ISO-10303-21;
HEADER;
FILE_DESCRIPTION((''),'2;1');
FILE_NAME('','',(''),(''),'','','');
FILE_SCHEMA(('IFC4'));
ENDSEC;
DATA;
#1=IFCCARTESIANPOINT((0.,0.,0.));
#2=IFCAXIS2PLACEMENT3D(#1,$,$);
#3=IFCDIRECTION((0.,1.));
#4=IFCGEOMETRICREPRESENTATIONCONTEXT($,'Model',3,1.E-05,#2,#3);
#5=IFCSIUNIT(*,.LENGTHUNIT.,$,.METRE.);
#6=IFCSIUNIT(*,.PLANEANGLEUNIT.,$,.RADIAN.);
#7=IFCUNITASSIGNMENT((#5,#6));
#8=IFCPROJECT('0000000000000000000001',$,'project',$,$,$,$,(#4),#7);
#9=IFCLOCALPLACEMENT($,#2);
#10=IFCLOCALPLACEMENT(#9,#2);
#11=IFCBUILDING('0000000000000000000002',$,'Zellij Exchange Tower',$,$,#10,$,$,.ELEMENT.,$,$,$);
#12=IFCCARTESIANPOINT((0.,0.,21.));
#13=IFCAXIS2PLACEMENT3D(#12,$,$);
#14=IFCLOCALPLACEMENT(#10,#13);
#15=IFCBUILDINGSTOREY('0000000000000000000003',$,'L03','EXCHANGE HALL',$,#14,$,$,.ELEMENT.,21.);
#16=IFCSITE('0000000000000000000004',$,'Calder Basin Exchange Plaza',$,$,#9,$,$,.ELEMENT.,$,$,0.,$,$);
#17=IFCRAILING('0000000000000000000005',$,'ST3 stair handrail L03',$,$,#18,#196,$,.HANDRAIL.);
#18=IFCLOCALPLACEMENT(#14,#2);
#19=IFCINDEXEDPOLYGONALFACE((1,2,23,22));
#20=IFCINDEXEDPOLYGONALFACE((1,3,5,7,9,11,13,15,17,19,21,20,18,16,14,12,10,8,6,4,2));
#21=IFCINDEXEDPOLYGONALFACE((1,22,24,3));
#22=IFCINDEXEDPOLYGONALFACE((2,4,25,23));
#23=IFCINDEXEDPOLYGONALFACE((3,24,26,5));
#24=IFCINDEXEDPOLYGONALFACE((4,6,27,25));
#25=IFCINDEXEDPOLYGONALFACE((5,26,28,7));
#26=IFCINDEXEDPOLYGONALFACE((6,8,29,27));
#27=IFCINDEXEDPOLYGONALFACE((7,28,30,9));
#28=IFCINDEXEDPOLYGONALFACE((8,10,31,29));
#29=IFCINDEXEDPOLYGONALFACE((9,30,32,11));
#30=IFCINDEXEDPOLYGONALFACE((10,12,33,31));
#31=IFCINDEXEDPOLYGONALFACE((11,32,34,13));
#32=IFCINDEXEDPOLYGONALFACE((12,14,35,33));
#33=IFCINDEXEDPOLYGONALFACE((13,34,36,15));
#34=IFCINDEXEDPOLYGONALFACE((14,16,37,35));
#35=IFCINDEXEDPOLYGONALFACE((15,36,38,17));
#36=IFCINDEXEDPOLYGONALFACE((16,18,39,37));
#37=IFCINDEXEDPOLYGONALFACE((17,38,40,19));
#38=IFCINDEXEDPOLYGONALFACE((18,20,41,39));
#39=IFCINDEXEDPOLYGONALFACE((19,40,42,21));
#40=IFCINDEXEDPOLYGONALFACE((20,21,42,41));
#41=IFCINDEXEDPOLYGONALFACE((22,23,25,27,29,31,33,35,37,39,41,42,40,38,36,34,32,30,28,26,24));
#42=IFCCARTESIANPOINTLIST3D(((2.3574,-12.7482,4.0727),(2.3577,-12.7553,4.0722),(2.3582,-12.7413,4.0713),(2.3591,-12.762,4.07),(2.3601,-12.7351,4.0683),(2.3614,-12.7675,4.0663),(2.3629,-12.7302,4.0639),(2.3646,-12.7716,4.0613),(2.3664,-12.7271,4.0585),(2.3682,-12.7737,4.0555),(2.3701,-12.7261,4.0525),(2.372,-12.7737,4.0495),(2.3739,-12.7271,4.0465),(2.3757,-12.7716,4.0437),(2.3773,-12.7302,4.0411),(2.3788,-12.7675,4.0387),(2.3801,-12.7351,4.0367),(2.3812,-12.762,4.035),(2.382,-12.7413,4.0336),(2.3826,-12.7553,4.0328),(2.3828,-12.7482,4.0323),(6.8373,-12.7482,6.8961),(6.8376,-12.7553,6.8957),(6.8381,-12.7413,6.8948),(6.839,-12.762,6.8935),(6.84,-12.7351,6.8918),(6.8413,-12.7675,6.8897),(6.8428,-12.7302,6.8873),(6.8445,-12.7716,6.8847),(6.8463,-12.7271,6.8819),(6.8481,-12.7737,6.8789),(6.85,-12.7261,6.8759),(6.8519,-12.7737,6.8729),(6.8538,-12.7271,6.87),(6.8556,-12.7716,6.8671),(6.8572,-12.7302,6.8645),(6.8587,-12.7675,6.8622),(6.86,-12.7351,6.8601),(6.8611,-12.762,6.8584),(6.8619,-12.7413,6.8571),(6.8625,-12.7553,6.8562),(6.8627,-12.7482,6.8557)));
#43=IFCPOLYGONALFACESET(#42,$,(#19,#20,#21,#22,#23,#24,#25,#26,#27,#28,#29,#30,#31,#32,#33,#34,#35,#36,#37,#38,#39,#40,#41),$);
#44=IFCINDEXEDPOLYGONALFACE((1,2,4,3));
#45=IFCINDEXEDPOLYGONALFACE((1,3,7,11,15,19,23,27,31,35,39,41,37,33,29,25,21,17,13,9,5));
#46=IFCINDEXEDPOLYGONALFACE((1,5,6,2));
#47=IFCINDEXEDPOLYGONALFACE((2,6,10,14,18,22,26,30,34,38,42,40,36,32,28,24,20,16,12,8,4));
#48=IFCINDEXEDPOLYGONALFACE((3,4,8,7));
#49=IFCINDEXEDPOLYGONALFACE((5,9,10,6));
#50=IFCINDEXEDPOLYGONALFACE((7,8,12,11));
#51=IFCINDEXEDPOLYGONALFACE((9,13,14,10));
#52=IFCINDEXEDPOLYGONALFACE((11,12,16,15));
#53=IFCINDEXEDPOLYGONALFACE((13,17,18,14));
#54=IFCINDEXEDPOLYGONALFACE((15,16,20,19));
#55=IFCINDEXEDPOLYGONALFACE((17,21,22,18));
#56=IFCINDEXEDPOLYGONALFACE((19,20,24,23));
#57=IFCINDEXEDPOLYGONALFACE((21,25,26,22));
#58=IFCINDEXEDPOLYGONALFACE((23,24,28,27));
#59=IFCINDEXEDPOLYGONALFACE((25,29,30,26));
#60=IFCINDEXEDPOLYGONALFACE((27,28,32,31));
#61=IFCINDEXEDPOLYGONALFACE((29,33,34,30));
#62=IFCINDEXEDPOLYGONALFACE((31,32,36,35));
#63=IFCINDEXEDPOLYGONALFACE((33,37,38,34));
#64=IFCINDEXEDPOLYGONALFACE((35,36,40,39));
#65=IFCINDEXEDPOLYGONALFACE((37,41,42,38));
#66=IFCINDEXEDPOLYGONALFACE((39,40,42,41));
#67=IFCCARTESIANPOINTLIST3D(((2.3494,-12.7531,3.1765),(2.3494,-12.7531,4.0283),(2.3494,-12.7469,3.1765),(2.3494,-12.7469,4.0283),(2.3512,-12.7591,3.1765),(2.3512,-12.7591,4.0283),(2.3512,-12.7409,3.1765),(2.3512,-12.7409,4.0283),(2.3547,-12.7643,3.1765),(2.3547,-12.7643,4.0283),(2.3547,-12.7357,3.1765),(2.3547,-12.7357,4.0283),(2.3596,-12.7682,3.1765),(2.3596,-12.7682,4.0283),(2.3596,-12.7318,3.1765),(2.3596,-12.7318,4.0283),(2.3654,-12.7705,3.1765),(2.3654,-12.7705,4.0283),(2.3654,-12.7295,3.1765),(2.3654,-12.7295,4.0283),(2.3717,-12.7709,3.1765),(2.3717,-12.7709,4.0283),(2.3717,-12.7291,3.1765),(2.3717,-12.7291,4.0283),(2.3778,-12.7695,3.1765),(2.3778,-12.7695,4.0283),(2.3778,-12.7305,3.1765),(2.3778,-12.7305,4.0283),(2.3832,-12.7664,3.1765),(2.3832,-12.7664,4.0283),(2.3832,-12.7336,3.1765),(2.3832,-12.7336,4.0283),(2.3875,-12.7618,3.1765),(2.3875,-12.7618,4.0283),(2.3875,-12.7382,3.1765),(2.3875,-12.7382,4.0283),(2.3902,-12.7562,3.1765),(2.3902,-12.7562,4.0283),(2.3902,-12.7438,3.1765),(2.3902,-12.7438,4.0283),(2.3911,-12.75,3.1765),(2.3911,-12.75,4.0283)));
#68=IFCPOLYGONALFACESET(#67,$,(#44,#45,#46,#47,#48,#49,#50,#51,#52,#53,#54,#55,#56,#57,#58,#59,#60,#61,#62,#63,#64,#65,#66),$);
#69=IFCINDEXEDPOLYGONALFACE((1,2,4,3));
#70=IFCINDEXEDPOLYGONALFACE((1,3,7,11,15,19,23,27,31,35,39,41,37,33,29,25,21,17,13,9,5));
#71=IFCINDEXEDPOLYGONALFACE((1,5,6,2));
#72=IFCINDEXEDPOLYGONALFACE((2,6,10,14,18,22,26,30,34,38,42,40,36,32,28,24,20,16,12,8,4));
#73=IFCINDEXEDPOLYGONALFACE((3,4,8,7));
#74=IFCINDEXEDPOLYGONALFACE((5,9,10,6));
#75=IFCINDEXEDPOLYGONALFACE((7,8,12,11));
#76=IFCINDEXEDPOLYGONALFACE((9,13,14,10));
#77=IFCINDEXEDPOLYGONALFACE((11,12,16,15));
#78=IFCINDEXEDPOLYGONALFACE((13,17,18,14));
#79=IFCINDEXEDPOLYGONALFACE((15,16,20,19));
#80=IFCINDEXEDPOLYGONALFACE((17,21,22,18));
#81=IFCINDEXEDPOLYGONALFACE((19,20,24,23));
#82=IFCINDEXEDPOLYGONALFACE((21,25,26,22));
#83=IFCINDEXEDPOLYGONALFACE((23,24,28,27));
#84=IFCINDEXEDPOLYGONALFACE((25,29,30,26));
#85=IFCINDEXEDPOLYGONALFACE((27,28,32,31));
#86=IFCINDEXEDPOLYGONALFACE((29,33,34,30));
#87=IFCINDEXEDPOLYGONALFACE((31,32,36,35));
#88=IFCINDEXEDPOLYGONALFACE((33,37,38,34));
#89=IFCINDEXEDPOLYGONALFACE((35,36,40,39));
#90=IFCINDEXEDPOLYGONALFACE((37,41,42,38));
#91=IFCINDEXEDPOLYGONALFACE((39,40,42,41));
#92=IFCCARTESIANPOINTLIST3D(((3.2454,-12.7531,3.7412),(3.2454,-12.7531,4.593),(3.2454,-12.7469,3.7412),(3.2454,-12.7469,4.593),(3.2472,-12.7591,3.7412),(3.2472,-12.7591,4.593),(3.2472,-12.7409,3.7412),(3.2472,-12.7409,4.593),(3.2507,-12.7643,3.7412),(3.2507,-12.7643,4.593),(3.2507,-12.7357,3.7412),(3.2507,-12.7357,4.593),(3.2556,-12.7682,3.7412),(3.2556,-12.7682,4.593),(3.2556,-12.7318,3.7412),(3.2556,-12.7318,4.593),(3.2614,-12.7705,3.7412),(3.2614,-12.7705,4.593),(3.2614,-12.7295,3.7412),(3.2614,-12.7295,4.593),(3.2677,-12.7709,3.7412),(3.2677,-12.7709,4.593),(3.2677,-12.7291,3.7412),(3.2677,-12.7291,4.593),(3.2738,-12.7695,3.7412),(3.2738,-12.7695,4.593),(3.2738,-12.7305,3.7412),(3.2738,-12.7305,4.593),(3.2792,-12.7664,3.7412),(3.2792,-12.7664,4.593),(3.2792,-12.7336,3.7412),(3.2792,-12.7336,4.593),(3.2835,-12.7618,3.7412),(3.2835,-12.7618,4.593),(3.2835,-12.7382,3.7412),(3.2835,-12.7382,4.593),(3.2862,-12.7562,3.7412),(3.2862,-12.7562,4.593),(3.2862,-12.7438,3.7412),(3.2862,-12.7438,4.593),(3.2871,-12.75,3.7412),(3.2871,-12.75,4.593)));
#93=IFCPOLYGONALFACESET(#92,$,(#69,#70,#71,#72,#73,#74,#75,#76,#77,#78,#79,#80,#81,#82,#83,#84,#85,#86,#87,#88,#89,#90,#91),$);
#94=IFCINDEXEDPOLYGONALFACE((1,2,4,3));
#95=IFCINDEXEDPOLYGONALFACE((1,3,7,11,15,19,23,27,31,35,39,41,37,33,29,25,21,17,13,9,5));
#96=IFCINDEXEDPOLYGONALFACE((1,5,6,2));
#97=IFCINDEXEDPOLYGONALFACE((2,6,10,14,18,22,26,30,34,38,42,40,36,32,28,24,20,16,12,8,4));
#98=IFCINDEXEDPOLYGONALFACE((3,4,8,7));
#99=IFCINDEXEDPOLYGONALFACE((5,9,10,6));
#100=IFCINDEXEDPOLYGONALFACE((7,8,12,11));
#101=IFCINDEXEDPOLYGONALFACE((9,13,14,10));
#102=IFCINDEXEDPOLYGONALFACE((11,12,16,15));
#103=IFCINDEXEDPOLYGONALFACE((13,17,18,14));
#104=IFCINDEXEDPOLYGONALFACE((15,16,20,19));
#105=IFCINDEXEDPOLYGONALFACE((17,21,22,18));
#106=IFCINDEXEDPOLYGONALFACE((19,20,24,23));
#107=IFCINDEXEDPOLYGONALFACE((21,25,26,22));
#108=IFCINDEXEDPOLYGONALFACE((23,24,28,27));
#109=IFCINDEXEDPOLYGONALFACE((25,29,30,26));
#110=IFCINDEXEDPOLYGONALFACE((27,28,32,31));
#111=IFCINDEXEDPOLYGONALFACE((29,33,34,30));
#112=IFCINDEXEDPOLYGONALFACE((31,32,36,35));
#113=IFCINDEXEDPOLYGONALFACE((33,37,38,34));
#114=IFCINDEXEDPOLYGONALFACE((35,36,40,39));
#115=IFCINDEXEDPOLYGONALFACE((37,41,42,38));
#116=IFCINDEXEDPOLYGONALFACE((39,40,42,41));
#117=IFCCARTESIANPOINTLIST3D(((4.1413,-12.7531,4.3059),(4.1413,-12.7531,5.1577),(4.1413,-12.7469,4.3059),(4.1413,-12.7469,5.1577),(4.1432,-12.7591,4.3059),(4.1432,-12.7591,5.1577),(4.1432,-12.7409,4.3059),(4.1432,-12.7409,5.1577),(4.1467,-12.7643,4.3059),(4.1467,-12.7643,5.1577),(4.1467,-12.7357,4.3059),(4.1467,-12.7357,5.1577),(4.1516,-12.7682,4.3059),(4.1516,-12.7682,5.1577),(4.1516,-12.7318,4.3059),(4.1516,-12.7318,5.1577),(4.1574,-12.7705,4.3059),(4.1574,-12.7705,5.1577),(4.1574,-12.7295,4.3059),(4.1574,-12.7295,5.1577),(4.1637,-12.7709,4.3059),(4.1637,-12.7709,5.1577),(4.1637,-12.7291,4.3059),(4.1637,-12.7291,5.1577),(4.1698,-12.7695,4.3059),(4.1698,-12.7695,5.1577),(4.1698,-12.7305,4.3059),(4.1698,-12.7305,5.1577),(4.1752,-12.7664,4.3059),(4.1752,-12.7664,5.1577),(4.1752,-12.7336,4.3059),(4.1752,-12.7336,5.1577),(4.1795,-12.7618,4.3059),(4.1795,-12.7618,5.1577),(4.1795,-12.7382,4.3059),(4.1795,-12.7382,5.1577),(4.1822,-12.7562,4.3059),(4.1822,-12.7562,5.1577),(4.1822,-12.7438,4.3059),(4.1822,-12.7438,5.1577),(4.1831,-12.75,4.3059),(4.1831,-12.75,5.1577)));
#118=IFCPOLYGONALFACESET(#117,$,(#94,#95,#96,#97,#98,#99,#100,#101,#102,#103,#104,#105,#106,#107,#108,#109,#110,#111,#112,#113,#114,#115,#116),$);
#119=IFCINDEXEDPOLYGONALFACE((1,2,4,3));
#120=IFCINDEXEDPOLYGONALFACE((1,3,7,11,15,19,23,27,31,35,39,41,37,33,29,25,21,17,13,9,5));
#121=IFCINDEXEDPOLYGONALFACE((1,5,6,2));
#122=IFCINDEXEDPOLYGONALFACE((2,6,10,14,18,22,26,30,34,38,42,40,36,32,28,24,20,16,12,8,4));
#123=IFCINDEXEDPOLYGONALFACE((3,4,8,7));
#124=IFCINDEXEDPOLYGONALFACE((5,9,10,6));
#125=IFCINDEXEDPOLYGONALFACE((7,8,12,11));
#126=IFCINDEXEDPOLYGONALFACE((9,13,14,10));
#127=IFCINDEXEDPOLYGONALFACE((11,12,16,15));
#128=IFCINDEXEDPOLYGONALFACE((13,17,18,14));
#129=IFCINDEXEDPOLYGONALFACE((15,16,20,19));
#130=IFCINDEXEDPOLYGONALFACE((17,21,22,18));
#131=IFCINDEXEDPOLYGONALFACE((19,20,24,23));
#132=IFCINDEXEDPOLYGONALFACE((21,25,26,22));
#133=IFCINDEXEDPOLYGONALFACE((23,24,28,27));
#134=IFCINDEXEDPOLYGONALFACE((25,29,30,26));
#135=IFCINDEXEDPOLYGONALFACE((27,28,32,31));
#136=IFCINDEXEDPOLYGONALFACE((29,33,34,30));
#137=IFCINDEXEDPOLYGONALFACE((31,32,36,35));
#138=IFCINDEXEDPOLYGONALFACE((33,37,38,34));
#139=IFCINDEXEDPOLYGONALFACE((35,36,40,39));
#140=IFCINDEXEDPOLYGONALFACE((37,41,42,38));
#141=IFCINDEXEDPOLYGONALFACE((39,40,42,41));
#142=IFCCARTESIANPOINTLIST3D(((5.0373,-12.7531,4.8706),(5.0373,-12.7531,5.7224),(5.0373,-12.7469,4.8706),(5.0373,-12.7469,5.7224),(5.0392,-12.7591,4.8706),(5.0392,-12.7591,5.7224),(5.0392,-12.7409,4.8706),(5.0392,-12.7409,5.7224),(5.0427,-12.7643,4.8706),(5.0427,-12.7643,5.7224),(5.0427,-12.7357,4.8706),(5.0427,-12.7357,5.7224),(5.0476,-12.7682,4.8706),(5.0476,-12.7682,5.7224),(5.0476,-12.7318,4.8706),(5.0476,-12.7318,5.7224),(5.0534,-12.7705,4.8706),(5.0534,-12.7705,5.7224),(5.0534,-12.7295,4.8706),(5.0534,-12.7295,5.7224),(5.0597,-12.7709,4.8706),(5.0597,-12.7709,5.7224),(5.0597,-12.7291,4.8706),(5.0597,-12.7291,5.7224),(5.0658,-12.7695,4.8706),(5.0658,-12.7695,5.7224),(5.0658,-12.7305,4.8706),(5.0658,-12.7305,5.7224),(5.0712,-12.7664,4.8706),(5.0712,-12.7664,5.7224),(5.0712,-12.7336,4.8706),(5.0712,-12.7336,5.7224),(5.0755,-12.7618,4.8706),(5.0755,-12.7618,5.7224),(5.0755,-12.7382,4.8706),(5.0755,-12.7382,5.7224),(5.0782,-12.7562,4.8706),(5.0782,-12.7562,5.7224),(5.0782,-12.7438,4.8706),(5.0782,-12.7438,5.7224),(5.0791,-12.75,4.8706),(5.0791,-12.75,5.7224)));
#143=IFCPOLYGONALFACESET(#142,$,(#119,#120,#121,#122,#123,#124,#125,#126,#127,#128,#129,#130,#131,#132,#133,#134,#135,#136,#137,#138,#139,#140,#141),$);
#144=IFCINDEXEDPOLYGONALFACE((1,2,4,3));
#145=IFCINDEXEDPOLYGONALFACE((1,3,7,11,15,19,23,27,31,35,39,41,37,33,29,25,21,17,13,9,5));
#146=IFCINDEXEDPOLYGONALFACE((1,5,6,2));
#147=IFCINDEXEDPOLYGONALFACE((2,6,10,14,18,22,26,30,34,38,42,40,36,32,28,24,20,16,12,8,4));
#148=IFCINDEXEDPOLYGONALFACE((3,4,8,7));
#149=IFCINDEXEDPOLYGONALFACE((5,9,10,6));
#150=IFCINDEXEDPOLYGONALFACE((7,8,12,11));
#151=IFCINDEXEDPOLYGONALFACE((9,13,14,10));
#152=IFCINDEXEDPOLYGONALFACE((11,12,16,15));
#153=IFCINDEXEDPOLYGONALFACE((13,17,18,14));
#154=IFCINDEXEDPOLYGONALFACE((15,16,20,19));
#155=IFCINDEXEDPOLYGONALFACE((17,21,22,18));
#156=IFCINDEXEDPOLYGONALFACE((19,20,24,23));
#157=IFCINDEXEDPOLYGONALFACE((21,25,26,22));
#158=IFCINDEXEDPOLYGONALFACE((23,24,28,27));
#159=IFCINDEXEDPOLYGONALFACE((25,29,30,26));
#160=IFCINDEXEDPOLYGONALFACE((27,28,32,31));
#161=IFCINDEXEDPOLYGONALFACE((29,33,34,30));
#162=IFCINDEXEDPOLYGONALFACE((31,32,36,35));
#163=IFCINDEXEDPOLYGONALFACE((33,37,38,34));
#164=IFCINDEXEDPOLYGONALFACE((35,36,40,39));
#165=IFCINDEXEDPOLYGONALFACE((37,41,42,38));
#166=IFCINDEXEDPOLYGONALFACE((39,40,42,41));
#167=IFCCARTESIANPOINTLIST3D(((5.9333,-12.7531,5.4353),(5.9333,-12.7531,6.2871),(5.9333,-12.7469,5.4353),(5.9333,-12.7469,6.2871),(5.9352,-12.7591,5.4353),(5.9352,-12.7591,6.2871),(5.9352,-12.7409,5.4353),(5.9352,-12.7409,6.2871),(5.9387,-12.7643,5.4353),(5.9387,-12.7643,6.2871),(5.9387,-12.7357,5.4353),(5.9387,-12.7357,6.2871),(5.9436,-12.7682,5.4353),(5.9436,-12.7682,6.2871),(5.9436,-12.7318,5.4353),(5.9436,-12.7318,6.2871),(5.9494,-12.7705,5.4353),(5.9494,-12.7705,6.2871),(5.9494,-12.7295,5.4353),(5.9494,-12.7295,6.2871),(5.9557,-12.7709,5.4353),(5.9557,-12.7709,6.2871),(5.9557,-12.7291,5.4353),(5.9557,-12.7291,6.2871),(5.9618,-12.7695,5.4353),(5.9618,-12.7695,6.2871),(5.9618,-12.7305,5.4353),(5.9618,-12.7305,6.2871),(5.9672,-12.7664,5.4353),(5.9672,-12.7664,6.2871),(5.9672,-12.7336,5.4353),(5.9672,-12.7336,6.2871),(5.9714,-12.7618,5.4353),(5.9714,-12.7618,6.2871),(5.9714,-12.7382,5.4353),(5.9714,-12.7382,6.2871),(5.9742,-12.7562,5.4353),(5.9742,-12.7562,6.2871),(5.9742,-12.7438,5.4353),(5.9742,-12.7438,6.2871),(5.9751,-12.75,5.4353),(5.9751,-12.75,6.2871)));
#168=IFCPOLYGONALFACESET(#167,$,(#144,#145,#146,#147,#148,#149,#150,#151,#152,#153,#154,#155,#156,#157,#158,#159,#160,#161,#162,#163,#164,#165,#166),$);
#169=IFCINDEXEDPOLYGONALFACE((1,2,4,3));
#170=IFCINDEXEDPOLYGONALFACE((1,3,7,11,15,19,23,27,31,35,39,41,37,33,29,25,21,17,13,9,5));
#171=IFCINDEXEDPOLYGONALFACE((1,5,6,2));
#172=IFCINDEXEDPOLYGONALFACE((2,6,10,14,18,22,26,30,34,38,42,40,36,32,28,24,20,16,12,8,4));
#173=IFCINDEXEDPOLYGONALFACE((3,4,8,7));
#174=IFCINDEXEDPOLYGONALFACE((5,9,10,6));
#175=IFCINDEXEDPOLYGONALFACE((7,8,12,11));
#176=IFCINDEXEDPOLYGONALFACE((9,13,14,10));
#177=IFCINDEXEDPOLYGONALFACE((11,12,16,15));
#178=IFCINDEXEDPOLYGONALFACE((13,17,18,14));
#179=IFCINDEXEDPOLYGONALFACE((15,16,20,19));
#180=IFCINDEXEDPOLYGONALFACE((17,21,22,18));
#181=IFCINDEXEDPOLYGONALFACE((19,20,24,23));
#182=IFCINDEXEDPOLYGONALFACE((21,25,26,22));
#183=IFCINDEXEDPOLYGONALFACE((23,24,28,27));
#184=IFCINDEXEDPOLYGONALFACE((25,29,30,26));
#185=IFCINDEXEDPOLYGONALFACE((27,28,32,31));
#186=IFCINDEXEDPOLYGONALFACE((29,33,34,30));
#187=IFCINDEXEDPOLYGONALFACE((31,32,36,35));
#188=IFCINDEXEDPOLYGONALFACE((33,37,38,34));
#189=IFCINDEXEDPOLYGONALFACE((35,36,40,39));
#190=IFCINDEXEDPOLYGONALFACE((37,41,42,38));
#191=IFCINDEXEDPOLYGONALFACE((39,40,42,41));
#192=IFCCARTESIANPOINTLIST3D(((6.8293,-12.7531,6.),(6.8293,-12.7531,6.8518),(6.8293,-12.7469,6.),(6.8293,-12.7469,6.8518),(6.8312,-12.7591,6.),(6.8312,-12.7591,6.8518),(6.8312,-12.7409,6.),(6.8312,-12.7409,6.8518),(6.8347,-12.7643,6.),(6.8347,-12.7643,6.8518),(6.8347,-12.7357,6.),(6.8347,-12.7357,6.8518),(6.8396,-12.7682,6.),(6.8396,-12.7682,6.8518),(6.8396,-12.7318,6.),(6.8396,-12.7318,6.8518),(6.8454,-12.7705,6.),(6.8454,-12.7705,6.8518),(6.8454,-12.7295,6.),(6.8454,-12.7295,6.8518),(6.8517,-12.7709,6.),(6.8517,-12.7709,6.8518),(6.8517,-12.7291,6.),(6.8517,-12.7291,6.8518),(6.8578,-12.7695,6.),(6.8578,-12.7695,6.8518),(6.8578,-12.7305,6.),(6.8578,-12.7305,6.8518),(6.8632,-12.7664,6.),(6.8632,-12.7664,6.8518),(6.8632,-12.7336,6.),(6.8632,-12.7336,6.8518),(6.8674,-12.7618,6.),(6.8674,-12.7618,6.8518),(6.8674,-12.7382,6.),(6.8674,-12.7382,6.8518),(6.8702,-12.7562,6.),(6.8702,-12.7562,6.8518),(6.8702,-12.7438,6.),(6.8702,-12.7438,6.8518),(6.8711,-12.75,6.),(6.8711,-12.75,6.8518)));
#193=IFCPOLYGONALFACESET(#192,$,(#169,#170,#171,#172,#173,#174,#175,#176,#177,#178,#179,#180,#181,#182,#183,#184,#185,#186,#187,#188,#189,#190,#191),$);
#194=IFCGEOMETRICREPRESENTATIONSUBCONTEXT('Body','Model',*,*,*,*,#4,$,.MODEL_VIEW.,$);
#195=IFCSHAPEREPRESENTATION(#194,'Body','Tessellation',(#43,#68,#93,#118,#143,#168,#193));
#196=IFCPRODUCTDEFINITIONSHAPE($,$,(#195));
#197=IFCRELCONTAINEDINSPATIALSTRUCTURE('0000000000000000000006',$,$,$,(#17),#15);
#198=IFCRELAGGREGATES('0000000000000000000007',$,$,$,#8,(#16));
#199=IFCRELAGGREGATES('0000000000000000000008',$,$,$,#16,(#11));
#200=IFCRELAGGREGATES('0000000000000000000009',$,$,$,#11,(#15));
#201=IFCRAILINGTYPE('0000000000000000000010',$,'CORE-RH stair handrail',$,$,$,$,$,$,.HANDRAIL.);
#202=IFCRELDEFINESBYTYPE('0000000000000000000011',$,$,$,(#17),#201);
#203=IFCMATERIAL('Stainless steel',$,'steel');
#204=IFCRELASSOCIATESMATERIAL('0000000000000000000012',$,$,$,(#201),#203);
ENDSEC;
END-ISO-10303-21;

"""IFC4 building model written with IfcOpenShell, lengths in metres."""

from ifc_helpers import new_model, si_unit, direction, frame, origin, origin_2d, place, context, subcontext, project, spatial, circle, extrude, material, type_object, element, save


model = new_model("IFC4")

# Units and contexts
model_context = context("Model", 3, precision=1e-05, world=origin(), true_north=direction((0.0, 1.0)))
body_context = subcontext(model_context, "Body", "Model", "MODEL_VIEW")
ifc_project = project(units=[si_unit("LENGTHUNIT", "METRE"), si_unit("PLANEANGLEUNIT", "RADIAN")], contexts=[model_context])

# Site, building, storey
site_placement = place(None, origin())
site = spatial("IfcSite", under=ifc_project, at=site_placement, Name="Calder Basin Exchange Plaza", CompositionType="ELEMENT", RefElevation=0.0)
building_placement = place(site_placement, origin())
building = spatial("IfcBuilding", under=site, at=building_placement, Name="Zellij Exchange Tower", CompositionType="ELEMENT")
storey_placement = place(building_placement, frame((0.0, 0.0, 21.0)))
storey = spatial("IfcBuildingStorey", under=building, at=storey_placement, Name="L03", Description="EXCHANGE HALL", CompositionType="ELEMENT", Elevation=21.0)

# Railing
ifc_material_1 = material(Name="Stainless steel", Category="steel")
railing_type_1 = type_object("IfcRailingType", Name="CORE-RH stair handrail", PredefinedType="HANDRAIL", material=ifc_material_1)
railing_1_placement = place(storey_placement, frame((2.3701, -12.75, 3.1765)))
element("IfcRailing", 1, at=railing_1_placement, inside=storey, type_object=railing_type_1, Name="ST3 stair handrail L03", PredefinedType="HANDRAIL", context=body_context, shape_type="SweptSolid", body=[
    extrude(circle(Radius=0.0239, at=origin_2d()), frame((0.0, 0.0, 0.876), z_axis=(0.845998, 0.0, 0.533186), x_axis=(0.0, 1.0, 0.0)), (0.0, 0.0, 1.0), 5.2954),
    extrude(circle(Radius=0.021, at=origin_2d()), origin(), (0.0, 0.0, 1.0), 0.8518),
    extrude(circle(Radius=0.021, at=origin_2d()), frame((0.896, 0.0, 0.5647)), (0.0, 0.0, 1.0), 0.8518),
    extrude(circle(Radius=0.021, at=origin_2d()), frame((1.792, 0.0, 1.1294)), (0.0, 0.0, 1.0), 0.8518),
    extrude(circle(Radius=0.021, at=origin_2d()), frame((2.688, 0.0, 1.6941)), (0.0, 0.0, 1.0), 0.8518),
    extrude(circle(Radius=0.021, at=origin_2d()), frame((3.584, 0.0, 2.2588)), (0.0, 0.0, 1.0), 0.8518),
    extrude(circle(Radius=0.021, at=origin_2d()), frame((4.48, 0.0, 2.8235)), (0.0, 0.0, 1.0), 0.8518),
])

save(model, "model.ifc")
